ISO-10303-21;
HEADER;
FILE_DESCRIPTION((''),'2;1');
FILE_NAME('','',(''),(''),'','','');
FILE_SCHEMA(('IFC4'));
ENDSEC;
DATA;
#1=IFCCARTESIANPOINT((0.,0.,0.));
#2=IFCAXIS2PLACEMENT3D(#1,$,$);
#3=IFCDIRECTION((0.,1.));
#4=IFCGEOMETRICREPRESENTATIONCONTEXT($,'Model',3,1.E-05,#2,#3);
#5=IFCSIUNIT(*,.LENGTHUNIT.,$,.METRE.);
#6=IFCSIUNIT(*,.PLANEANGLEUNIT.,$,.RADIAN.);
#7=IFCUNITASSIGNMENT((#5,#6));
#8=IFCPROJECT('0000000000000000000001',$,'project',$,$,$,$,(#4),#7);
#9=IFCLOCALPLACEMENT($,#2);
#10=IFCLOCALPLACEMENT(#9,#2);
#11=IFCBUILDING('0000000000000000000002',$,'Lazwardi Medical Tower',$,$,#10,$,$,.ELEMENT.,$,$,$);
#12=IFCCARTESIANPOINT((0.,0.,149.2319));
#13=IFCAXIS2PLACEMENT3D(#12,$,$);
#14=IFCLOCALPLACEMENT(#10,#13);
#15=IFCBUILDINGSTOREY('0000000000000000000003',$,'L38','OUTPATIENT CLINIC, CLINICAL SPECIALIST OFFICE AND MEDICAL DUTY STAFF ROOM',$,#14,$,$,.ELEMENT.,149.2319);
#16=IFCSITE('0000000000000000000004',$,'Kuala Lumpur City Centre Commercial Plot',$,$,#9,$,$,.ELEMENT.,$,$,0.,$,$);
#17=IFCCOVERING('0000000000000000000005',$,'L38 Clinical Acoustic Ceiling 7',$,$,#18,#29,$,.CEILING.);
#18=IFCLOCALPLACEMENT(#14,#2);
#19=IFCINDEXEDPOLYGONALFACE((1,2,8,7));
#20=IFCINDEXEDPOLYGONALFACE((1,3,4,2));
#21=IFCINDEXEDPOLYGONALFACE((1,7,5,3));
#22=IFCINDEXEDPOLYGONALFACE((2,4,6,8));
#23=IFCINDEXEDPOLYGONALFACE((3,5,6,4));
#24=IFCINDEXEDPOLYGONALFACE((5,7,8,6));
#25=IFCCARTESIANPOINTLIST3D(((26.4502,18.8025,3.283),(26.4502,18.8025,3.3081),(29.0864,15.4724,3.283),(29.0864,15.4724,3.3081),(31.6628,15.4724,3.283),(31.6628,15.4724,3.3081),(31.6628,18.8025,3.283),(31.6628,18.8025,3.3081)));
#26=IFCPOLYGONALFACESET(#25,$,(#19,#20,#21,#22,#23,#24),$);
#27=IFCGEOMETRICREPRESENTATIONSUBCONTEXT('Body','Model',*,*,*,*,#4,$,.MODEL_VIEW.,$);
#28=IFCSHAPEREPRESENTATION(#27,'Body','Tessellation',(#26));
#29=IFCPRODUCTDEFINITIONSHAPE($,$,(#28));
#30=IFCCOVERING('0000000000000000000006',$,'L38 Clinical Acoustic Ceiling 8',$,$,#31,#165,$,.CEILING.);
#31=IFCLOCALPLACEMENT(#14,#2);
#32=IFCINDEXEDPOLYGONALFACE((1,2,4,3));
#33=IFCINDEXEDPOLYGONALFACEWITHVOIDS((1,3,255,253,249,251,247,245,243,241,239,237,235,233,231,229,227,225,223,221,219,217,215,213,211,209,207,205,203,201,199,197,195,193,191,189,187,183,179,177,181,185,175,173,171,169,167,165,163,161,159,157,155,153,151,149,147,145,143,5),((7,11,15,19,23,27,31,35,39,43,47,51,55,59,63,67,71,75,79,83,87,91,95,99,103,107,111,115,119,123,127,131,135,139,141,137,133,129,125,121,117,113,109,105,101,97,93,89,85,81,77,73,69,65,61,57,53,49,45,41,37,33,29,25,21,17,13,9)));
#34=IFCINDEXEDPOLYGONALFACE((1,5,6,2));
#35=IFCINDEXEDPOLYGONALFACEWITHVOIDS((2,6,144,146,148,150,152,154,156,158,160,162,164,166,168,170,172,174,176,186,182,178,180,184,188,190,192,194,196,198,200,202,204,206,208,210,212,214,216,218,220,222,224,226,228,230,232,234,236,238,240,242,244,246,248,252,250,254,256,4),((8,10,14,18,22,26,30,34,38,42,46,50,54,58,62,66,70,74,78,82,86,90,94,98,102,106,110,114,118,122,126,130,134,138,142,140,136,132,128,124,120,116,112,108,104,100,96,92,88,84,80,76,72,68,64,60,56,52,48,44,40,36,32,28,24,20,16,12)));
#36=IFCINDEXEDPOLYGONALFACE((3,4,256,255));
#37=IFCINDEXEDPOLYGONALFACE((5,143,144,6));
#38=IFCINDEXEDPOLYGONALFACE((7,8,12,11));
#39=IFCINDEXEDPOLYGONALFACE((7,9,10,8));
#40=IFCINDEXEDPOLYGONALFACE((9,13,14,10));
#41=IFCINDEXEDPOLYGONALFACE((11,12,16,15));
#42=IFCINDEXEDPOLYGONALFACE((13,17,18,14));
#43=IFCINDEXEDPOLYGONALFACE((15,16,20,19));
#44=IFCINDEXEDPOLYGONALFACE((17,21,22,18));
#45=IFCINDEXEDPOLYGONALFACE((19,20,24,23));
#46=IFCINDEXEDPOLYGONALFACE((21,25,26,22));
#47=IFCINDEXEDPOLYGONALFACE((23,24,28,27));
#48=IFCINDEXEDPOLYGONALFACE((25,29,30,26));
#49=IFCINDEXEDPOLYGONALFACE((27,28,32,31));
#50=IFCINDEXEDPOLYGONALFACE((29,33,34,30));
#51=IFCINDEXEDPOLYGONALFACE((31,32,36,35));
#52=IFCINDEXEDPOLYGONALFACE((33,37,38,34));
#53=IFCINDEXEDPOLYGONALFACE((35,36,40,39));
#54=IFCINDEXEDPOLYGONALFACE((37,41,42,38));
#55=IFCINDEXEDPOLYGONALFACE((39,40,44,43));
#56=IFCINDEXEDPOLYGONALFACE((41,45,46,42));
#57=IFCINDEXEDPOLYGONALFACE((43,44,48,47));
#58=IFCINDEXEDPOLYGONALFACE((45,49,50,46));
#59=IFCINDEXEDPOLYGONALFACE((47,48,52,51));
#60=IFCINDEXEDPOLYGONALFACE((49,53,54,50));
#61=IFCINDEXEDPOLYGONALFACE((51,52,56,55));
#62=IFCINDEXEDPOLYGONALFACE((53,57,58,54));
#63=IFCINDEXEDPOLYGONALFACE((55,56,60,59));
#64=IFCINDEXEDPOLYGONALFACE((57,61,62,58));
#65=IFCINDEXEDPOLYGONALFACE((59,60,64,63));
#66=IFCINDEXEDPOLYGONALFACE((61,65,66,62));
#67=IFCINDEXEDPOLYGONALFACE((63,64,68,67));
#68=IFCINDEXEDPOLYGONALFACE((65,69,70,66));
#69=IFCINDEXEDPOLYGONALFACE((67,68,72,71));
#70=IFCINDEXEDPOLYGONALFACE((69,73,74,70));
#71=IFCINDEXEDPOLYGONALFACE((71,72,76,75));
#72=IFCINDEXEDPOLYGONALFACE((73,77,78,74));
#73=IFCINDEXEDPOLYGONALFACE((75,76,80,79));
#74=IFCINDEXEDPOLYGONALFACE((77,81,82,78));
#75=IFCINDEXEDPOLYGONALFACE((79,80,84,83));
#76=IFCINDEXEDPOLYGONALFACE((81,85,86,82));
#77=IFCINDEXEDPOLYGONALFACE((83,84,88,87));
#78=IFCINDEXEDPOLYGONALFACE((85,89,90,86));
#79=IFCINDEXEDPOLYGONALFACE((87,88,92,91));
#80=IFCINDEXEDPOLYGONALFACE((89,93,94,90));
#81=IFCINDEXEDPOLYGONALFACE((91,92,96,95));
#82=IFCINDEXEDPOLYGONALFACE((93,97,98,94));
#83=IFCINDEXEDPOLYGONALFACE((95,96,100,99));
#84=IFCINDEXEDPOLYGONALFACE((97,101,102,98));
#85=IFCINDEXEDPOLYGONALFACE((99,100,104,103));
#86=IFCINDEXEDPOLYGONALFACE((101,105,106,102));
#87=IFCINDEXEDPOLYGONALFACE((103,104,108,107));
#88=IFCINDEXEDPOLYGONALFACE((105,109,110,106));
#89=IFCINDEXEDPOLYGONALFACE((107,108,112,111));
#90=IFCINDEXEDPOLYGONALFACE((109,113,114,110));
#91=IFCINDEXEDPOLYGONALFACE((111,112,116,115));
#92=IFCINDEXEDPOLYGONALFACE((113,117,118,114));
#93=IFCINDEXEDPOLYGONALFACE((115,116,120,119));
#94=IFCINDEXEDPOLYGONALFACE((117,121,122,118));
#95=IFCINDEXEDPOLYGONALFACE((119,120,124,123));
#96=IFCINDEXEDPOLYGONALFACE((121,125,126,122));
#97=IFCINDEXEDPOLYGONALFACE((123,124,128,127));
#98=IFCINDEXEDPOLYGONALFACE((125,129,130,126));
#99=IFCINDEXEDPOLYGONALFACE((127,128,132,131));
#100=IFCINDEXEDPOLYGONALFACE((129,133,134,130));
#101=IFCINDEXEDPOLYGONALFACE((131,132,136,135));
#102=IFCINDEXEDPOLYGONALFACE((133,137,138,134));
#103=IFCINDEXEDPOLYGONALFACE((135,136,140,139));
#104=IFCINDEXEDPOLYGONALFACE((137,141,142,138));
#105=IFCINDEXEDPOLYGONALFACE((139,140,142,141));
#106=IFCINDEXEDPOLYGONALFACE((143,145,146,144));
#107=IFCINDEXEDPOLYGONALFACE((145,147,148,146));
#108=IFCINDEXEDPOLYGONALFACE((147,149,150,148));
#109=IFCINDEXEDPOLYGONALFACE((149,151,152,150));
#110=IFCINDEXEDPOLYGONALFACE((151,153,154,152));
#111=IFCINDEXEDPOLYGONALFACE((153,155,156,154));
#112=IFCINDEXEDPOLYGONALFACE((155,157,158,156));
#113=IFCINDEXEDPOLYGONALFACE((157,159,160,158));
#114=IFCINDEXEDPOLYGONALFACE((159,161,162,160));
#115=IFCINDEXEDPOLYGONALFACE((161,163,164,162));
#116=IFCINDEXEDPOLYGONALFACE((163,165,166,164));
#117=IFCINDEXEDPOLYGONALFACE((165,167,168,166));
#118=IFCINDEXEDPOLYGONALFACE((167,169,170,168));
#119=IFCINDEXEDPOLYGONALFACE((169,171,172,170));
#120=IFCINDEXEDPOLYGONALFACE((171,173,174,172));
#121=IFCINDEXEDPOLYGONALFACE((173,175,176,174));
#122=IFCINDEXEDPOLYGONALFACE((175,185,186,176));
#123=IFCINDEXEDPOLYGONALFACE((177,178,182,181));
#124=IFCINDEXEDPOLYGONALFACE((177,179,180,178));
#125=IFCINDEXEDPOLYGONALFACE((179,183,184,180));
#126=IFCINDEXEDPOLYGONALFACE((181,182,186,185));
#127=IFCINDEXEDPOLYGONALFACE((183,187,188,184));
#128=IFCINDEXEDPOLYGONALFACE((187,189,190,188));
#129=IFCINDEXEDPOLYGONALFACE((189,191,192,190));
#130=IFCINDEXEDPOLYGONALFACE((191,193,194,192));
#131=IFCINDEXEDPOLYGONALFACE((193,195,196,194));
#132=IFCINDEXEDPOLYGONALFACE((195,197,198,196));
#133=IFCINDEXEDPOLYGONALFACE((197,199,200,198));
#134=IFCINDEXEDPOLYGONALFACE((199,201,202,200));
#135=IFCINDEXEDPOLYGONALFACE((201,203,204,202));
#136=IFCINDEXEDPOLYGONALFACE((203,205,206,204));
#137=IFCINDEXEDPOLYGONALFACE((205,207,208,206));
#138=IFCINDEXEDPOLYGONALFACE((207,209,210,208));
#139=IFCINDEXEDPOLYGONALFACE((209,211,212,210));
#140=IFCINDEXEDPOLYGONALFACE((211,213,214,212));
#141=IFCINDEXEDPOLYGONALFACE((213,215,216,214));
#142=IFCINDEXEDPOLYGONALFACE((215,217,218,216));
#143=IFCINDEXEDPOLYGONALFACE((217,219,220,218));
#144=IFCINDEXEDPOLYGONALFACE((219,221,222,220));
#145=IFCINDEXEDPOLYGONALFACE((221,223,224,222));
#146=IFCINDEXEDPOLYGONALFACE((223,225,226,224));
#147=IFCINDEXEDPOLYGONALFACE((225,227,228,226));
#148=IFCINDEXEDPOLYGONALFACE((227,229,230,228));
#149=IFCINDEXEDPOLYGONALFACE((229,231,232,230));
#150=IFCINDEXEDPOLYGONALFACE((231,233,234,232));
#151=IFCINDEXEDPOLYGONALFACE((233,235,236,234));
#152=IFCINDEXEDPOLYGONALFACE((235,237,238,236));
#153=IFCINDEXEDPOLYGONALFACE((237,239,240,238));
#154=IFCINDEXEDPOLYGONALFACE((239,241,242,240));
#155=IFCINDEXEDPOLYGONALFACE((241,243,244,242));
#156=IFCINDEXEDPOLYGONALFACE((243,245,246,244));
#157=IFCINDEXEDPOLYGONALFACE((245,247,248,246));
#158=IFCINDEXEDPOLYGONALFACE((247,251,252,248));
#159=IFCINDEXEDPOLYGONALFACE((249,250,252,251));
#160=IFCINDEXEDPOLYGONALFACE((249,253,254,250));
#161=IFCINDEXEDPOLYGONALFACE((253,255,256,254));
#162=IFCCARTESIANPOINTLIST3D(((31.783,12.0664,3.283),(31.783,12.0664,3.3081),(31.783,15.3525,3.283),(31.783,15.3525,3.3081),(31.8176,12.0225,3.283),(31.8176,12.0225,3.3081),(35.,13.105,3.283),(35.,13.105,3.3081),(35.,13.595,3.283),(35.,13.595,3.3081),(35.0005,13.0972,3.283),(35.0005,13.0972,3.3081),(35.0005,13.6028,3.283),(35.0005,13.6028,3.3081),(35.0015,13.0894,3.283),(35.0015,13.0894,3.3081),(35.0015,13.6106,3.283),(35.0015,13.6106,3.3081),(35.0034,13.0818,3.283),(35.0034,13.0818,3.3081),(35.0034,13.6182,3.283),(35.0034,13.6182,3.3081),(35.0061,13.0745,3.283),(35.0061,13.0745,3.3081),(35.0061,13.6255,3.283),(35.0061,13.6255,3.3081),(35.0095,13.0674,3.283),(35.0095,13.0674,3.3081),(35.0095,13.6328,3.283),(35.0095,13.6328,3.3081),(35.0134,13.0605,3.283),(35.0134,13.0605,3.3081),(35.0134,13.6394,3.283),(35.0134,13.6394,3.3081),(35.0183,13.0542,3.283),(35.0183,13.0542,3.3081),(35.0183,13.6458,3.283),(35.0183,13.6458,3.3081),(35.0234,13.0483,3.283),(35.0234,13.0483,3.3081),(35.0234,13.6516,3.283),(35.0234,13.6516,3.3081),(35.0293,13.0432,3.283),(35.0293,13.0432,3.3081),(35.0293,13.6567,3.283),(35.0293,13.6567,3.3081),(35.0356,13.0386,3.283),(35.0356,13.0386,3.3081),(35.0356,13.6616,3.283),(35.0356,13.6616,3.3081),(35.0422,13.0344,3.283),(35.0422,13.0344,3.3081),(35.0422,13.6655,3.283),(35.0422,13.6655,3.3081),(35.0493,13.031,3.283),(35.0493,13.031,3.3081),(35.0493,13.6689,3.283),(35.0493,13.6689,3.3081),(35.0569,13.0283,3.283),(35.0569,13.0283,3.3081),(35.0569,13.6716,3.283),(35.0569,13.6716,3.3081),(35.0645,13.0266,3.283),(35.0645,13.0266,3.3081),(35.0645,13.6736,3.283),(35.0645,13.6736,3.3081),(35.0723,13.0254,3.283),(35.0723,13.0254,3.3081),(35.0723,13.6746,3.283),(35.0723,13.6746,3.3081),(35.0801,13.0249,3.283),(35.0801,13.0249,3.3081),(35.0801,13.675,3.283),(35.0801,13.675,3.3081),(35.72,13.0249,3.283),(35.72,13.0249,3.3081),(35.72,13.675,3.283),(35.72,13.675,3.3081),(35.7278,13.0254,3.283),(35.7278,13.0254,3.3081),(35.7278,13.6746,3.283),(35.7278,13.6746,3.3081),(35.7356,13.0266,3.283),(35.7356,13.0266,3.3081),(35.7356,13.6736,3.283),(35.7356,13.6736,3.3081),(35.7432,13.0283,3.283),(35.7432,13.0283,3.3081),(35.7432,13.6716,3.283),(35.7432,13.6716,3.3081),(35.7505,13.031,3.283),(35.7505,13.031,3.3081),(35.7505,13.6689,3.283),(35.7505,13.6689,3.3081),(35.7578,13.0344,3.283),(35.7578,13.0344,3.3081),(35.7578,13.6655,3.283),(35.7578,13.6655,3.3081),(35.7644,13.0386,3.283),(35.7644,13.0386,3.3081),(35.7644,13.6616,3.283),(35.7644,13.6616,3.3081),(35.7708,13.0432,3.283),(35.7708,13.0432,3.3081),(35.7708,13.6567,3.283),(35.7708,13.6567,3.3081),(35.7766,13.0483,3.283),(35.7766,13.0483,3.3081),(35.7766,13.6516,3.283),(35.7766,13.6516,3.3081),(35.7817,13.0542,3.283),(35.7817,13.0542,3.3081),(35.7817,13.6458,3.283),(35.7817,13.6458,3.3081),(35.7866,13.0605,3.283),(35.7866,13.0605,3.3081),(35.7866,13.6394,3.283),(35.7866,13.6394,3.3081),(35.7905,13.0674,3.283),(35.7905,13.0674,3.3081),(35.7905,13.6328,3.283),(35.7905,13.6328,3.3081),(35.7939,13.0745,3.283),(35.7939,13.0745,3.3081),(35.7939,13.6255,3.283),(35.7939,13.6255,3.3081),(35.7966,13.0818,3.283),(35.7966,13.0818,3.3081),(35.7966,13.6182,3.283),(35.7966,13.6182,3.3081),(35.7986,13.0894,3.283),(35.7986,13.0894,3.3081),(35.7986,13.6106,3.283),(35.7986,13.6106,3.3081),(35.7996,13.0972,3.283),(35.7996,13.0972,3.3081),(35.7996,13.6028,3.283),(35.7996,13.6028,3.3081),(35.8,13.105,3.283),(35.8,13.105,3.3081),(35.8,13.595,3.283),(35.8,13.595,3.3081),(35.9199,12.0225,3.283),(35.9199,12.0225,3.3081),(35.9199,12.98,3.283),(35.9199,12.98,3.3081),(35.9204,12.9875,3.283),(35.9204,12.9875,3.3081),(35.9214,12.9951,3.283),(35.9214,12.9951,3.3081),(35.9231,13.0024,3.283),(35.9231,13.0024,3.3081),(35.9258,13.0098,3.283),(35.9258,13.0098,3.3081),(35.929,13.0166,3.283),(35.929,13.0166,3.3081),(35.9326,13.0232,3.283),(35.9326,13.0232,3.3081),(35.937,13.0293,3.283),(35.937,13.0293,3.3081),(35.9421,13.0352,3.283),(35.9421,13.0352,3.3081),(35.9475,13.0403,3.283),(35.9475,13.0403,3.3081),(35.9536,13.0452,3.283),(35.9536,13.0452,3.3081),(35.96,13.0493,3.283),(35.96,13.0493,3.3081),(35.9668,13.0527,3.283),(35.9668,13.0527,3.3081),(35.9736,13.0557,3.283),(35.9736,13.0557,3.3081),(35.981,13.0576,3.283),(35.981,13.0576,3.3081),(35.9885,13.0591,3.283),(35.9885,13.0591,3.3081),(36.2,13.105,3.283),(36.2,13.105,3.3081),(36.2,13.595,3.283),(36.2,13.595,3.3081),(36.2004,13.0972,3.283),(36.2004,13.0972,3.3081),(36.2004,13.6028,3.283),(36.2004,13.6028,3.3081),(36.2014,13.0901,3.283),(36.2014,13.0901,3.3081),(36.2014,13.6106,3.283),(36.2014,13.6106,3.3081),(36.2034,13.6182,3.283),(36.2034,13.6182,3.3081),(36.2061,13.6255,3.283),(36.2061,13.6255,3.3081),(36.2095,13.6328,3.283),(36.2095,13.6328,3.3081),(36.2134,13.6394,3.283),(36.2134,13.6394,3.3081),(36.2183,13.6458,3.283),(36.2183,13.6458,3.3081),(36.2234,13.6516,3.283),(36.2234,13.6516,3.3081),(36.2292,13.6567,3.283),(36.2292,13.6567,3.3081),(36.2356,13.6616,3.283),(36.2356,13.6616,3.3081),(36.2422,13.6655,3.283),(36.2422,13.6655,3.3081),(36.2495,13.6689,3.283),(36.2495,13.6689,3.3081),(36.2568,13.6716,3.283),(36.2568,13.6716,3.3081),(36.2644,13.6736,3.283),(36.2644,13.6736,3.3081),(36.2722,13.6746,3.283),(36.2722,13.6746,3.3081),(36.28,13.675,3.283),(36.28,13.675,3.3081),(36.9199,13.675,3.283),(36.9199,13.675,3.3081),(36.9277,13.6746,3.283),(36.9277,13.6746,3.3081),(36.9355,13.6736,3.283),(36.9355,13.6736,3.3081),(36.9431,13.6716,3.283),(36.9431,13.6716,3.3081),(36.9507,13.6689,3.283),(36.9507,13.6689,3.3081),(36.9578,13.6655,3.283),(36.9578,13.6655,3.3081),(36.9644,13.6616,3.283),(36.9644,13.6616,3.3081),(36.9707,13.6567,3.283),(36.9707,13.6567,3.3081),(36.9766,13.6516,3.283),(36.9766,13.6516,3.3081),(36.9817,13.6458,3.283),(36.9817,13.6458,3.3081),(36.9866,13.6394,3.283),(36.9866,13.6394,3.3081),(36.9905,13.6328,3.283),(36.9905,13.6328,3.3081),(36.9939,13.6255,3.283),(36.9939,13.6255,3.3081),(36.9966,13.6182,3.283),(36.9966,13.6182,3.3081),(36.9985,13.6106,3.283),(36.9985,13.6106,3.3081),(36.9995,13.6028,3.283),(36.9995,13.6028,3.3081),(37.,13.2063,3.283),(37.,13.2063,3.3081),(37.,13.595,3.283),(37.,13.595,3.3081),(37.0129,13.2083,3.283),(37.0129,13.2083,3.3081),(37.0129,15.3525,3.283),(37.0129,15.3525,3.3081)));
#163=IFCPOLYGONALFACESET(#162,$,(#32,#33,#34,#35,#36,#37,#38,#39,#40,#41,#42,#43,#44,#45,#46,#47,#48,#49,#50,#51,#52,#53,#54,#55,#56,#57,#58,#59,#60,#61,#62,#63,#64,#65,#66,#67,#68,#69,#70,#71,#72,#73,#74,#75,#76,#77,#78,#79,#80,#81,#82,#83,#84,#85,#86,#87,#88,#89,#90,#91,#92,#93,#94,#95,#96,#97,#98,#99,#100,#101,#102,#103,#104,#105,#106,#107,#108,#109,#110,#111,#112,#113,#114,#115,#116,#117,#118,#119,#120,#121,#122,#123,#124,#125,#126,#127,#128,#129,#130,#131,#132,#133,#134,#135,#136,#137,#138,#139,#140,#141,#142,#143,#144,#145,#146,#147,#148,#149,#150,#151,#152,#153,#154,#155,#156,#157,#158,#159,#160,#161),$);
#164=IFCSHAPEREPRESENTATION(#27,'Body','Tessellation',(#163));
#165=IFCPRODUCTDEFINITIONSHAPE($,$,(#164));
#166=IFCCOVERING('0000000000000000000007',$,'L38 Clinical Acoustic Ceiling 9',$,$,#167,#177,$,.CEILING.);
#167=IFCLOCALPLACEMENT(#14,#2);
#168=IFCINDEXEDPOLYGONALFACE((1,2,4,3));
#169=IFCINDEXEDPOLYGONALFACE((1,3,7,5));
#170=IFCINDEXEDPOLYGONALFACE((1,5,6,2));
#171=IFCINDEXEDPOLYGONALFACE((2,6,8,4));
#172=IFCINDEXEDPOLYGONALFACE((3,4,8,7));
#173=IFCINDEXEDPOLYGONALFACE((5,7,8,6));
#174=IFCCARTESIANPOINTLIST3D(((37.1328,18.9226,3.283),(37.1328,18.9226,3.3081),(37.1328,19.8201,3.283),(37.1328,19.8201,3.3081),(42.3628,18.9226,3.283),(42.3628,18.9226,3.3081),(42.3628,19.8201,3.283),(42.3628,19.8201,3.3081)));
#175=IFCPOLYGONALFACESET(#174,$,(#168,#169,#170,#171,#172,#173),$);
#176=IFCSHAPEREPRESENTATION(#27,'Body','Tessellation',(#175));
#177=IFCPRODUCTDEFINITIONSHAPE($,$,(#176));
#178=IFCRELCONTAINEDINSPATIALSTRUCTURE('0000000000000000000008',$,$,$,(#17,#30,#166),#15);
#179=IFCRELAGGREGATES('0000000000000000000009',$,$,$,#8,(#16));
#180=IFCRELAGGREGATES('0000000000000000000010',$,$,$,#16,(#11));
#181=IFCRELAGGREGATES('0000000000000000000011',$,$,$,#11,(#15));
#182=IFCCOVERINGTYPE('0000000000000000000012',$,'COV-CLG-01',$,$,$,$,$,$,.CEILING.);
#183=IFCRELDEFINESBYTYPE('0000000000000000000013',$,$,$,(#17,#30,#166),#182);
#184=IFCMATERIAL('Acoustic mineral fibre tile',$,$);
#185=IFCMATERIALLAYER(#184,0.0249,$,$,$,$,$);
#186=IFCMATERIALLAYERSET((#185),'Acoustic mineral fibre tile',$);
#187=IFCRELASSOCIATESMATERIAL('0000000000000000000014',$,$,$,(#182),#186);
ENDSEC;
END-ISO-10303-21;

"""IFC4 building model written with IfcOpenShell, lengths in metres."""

from ifc_helpers import new_model, si_unit, direction, frame, origin, place, context, subcontext, project, spatial, polyline, outline, extrude, material, layer, layer_set, type_object, element, save


model = new_model("IFC4")

# Units and contexts
model_context = context("Model", 3, precision=1e-05, world=origin(), true_north=direction((0.0, 1.0)))
body_context = subcontext(model_context, "Body", "Model", "MODEL_VIEW")
ifc_project = project(units=[si_unit("LENGTHUNIT", "METRE"), si_unit("PLANEANGLEUNIT", "RADIAN")], contexts=[model_context])

# Site, building, storey
site_placement = place(None, origin())
site = spatial("IfcSite", under=ifc_project, at=site_placement, Name="Kuala Lumpur City Centre Commercial Plot", CompositionType="ELEMENT", RefElevation=0.0)
building_placement = place(site_placement, origin())
building = spatial("IfcBuilding", under=site, at=building_placement, Name="Lazwardi Medical Tower", CompositionType="ELEMENT")
storey_placement = place(building_placement, frame((0.0, 0.0, 149.2319)))
storey = spatial("IfcBuildingStorey", under=building, at=storey_placement, Name="L38", Description="OUTPATIENT CLINIC, CLINICAL SPECIALIST OFFICE AND MEDICAL DUTY STAFF ROOM", CompositionType="ELEMENT", Elevation=149.2319)

# Coverings
ifc_material_1 = material(Name="Acoustic mineral fibre tile")
ifc_layer_1 = layer(ifc_material_1, 0.0249)
ifc_layer_set_1 = layer_set([ifc_layer_1], Name="Acoustic mineral fibre tile")
covering_type_1 = type_object("IfcCoveringType", Name="COV-CLG-01", PredefinedType="CEILING", material=ifc_layer_set_1)
covering_1_placement = place(storey_placement, frame((0.0, 0.0, 3.283)))
element("IfcCovering", 1, at=covering_1_placement, inside=storey, type_object=covering_type_1, Name="L38 Clinical Acoustic Ceiling 7", PredefinedType="CEILING", context=body_context, shape_type="SweptSolid", body=[
    extrude(outline(polyline([(26.4502, 18.8025), (29.0864, 15.4724), (31.6628, 15.4724), (31.6628, 18.8025), (26.4502, 18.8025)])), origin(), (0.0, 0.0, 1.0), 0.0251),
])
covering_2_placement = place(storey_placement, frame((0.0, 0.0, 3.283)))
element("IfcCovering", 2, at=covering_2_placement, inside=storey, type_object=covering_type_1, Name="L38 Clinical Acoustic Ceiling 8", PredefinedType="CEILING", context=body_context, shape_type="SweptSolid", body=[
    extrude(outline(polyline([(31.783, 12.0664), (31.8176, 12.0225), (35.9199, 12.0225), (35.9199, 12.98), (35.9204, 12.9875), (35.9214, 12.9951), (35.9231, 13.0024), (35.9258, 13.0098), (35.929, 13.0166), (35.9326, 13.0232), (35.937, 13.0293), (35.9421, 13.0352), (35.9475, 13.0403), (35.9536, 13.0452), (35.96, 13.0493), (35.9668, 13.0527), (35.9736, 13.0557), (35.981, 13.0576), (35.9885, 13.0591), (36.2014, 13.0901), (36.2004, 13.0972), (36.2, 13.105), (36.2, 13.595), (36.2004, 13.6028), (36.2014, 13.6106), (36.2034, 13.6182), (36.2061, 13.6255), (36.2095, 13.6328), (36.2134, 13.6394), (36.2183, 13.6458), (36.2234, 13.6516), (36.2292, 13.6567), (36.2356, 13.6616), (36.2422, 13.6655), (36.2495, 13.6689), (36.2568, 13.6716), (36.2644, 13.6736), (36.2722, 13.6746), (36.28, 13.675), (36.9199, 13.675), (36.9277, 13.6746), (36.9355, 13.6736), (36.9431, 13.6716), (36.9507, 13.6689), (36.9578, 13.6655), (36.9644, 13.6616), (36.9707, 13.6567), (36.9766, 13.6516), (36.9817, 13.6458), (36.9866, 13.6394), (36.9905, 13.6328), (36.9939, 13.6255), (36.9966, 13.6182), (36.9985, 13.6106), (36.9995, 13.6028), (37.0, 13.595), (37.0, 13.2063), (37.0129, 13.2083), (37.0129, 15.3525), (31.783, 15.3525), (31.783, 12.0664)]), holes=[polyline([(35.7432, 13.0283), (35.7356, 13.0266), (35.7278, 13.0254), (35.72, 13.0249), (35.0801, 13.0249), (35.0723, 13.0254), (35.0645, 13.0266), (35.0569, 13.0283), (35.0493, 13.031), (35.0422, 13.0344), (35.0356, 13.0386), (35.0293, 13.0432), (35.0234, 13.0483), (35.0183, 13.0542), (35.0134, 13.0605), (35.0095, 13.0674), (35.0061, 13.0745), (35.0034, 13.0818), (35.0015, 13.0894), (35.0005, 13.0972), (35.0, 13.105), (35.0, 13.595), (35.0005, 13.6028), (35.0015, 13.6106), (35.0034, 13.6182), (35.0061, 13.6255), (35.0095, 13.6328), (35.0134, 13.6394), (35.0183, 13.6458), (35.0234, 13.6516), (35.0293, 13.6567), (35.0356, 13.6616), (35.0422, 13.6655), (35.0493, 13.6689), (35.0569, 13.6716), (35.0645, 13.6736), (35.0723, 13.6746), (35.0801, 13.675), (35.72, 13.675), (35.7278, 13.6746), (35.7356, 13.6736), (35.7432, 13.6716), (35.7505, 13.6689), (35.7578, 13.6655), (35.7644, 13.6616), (35.7708, 13.6567), (35.7766, 13.6516), (35.7817, 13.6458), (35.7866, 13.6394), (35.7905, 13.6328), (35.7939, 13.6255), (35.7966, 13.6182), (35.7986, 13.6106), (35.7996, 13.6028), (35.8, 13.595), (35.8, 13.105), (35.7996, 13.0972), (35.7986, 13.0894), (35.7966, 13.0818), (35.7939, 13.0745), (35.7905, 13.0674), (35.7866, 13.0605), (35.7817, 13.0542), (35.7766, 13.0483), (35.7708, 13.0432), (35.7644, 13.0386), (35.7578, 13.0344), (35.7505, 13.031), (35.7432, 13.0283)])]), origin(), (0.0, 0.0, 1.0), 0.0251),
])
covering_3_placement = place(storey_placement, frame((0.0, 0.0, 3.283)))
element("IfcCovering", 3, at=covering_3_placement, inside=storey, type_object=covering_type_1, Name="L38 Clinical Acoustic Ceiling 9", PredefinedType="CEILING", context=body_context, shape_type="SweptSolid", body=[
    extrude(outline(polyline([(42.3628, 19.8201), (37.1328, 19.8201), (37.1328, 18.9226), (42.3628, 18.9226), (42.3628, 19.8201)])), origin(), (0.0, 0.0, 1.0), 0.0251),
])

save(model, "model.ifc")
